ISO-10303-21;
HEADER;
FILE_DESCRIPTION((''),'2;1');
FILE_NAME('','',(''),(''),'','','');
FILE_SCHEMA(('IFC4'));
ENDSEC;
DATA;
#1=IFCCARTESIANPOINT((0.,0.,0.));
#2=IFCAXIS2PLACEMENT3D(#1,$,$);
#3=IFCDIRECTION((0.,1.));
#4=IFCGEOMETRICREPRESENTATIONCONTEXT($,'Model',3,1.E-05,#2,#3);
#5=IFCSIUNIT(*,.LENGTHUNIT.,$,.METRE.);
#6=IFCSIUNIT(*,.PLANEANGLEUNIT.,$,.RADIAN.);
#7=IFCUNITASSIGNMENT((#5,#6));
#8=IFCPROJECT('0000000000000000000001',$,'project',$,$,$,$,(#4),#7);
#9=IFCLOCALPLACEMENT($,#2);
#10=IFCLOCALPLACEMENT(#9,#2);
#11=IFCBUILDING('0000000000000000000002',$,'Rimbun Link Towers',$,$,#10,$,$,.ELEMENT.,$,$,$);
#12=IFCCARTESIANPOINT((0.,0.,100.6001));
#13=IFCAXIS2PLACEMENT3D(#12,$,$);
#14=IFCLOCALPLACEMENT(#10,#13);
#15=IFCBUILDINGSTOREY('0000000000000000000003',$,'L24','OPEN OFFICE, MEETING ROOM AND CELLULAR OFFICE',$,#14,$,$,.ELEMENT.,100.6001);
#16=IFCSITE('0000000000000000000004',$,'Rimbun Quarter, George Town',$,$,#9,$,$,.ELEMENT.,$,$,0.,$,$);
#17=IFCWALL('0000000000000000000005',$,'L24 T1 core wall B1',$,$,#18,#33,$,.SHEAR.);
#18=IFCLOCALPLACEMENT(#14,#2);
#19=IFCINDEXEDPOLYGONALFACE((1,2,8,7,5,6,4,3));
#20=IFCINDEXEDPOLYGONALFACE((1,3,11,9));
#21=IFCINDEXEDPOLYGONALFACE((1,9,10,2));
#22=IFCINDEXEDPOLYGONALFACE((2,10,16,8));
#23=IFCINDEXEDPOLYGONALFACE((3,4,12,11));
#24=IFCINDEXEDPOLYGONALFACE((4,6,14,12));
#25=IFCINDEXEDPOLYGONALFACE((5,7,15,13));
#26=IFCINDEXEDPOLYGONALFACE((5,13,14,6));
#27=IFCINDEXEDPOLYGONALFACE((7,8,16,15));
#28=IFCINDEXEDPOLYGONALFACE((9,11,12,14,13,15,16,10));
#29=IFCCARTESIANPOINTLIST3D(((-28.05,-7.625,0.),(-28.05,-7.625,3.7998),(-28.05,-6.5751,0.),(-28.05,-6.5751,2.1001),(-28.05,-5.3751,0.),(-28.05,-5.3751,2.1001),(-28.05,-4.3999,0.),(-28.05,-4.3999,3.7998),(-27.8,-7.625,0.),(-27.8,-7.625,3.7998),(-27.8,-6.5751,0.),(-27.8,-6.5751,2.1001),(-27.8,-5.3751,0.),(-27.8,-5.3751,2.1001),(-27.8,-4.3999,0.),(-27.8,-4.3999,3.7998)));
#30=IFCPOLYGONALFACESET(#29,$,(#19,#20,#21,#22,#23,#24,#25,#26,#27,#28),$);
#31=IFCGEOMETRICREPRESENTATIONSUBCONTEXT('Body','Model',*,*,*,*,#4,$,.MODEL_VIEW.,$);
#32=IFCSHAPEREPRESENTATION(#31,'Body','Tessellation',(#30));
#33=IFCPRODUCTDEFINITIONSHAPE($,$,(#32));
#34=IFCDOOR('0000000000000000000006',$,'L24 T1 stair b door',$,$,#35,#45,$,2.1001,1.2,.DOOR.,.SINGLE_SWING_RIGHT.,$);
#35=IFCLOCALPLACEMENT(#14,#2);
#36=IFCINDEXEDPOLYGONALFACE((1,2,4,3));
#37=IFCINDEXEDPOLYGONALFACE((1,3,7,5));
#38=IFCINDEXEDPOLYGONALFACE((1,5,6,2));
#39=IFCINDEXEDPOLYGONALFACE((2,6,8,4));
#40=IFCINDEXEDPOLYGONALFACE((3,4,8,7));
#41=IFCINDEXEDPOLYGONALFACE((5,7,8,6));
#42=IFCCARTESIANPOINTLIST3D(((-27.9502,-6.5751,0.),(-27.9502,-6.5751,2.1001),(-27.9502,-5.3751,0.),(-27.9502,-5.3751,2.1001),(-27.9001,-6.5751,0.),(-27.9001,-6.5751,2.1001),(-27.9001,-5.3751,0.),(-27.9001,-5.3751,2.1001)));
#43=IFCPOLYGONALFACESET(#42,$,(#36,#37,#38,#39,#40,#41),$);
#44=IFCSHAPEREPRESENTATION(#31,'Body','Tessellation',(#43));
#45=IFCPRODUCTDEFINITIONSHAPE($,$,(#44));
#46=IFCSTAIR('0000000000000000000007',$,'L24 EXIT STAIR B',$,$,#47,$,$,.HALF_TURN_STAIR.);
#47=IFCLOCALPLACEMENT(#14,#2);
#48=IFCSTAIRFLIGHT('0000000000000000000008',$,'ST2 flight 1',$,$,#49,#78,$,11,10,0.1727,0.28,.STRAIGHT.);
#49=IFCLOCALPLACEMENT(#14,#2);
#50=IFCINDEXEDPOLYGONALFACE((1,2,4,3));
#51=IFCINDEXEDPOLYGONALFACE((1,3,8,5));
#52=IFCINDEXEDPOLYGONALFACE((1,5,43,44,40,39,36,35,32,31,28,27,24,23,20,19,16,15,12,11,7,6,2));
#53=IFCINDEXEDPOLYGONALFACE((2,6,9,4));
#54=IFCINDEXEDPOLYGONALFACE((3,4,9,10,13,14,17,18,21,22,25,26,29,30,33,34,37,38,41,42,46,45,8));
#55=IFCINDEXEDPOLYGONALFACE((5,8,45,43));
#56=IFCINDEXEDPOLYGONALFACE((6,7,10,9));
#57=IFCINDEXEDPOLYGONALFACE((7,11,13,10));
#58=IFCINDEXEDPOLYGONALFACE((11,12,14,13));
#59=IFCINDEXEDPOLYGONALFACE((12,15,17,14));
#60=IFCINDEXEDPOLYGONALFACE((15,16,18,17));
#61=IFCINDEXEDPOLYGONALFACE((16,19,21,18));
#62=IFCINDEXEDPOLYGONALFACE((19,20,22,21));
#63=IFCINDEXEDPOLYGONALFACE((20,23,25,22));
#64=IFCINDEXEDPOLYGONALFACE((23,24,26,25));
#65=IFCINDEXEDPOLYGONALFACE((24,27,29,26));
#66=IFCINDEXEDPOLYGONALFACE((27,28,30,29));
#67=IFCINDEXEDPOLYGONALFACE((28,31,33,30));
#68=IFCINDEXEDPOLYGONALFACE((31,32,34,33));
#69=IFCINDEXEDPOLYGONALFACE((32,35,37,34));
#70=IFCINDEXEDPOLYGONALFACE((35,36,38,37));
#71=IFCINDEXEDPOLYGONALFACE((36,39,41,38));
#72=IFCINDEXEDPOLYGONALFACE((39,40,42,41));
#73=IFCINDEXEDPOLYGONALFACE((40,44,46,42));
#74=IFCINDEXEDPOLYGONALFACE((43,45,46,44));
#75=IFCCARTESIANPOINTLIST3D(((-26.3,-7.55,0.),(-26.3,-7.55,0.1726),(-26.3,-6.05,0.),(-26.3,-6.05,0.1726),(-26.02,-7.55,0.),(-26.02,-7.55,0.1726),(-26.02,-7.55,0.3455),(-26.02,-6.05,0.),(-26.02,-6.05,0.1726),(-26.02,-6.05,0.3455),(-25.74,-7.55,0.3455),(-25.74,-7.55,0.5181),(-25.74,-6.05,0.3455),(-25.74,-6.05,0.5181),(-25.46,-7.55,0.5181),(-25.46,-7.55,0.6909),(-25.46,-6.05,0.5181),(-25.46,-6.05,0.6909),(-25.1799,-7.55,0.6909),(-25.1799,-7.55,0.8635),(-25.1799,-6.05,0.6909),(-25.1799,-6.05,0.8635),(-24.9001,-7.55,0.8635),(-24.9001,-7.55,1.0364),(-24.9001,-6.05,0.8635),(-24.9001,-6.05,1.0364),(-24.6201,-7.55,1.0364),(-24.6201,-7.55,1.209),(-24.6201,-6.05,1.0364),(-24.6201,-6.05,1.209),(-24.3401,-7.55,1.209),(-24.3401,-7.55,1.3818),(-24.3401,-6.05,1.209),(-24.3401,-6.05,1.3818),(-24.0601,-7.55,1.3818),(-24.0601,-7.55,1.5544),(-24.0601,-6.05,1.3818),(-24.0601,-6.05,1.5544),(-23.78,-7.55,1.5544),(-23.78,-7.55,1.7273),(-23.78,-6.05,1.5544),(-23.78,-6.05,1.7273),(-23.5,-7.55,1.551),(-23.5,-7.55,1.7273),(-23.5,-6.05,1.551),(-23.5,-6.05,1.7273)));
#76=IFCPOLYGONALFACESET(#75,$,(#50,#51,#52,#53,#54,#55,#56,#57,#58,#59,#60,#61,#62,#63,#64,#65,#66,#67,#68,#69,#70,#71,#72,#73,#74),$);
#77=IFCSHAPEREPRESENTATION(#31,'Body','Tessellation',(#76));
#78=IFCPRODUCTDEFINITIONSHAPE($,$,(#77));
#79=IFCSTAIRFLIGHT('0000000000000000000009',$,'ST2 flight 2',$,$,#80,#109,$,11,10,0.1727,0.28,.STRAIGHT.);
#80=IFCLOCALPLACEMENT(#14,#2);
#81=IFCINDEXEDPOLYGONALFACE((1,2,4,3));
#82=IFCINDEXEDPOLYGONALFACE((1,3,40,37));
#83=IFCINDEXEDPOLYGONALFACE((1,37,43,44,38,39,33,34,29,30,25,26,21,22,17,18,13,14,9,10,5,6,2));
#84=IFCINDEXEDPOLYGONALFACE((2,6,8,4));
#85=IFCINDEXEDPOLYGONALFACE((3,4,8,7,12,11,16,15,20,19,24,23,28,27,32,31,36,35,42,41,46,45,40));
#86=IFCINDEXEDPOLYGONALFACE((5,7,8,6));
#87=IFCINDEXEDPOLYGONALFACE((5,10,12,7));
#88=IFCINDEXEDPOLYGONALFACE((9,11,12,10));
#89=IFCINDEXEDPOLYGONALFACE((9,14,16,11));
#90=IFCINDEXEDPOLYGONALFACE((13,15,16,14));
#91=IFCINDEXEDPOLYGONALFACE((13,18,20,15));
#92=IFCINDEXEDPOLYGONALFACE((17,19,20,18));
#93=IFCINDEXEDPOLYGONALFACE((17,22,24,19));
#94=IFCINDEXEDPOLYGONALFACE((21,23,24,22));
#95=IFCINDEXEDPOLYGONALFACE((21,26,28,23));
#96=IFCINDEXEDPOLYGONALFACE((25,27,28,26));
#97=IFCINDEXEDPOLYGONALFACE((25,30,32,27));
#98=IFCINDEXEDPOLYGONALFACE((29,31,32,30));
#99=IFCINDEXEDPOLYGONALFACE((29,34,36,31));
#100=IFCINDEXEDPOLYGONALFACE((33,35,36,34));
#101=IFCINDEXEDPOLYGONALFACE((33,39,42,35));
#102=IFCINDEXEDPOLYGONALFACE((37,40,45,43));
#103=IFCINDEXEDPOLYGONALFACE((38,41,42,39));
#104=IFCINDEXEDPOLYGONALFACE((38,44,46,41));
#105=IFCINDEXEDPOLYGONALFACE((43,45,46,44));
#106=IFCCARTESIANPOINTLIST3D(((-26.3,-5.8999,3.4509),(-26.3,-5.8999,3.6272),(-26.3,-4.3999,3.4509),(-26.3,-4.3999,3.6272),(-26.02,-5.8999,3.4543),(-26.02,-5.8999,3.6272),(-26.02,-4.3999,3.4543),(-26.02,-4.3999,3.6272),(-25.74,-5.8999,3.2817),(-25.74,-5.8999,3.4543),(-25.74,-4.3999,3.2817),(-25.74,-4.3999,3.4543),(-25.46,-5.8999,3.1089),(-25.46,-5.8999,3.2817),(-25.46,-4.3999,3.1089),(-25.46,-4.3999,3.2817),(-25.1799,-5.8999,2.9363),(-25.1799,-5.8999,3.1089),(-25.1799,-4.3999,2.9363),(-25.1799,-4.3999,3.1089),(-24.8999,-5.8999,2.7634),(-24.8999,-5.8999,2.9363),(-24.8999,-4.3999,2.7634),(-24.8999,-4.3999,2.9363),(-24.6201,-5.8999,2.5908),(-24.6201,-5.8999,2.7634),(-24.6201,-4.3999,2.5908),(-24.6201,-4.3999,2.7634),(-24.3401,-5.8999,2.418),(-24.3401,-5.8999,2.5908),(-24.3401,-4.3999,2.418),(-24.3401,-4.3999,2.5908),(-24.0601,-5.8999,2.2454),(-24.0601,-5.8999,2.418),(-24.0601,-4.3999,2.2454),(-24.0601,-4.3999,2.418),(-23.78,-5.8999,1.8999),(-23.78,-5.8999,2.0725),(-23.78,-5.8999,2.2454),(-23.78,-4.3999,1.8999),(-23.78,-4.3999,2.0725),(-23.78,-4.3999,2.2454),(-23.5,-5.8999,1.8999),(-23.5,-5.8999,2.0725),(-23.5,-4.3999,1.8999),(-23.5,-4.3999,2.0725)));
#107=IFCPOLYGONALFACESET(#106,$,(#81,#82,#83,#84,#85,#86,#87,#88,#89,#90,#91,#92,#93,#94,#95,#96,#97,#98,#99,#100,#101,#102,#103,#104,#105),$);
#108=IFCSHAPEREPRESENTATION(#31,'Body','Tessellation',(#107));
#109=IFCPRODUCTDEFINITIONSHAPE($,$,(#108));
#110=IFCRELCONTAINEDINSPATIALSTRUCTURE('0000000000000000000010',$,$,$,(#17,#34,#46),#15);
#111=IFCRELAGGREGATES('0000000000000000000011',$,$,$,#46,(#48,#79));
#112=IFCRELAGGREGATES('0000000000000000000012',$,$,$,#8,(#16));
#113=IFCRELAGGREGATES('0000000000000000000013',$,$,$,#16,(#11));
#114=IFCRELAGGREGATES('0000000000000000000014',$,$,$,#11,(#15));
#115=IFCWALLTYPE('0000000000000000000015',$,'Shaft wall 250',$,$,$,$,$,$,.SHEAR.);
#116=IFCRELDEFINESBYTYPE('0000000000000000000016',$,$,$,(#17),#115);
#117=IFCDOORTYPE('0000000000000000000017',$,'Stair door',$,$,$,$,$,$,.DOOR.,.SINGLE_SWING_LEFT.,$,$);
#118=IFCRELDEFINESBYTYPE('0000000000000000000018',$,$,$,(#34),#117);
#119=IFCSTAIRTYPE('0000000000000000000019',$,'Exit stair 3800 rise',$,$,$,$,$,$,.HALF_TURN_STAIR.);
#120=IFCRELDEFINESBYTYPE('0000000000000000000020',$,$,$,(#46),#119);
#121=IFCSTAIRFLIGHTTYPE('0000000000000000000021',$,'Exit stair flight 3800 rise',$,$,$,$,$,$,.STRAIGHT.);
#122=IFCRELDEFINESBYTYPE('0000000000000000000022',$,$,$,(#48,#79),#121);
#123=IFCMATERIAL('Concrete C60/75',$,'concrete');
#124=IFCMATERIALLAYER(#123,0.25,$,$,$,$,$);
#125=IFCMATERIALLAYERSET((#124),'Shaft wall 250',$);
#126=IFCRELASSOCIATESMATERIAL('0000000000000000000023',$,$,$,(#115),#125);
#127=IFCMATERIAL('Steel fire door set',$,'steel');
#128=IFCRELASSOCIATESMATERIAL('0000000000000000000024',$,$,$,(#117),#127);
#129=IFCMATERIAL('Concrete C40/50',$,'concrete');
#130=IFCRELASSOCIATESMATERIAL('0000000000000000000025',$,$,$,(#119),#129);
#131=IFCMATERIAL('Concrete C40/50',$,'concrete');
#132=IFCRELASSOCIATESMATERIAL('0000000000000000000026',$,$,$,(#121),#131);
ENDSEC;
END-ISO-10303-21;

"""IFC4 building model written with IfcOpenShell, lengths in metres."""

from ifc_helpers import new_model, si_unit, direction, frame, frame_2d, origin, place, context, subcontext, project, spatial, polyline, rectangle, outline, extrude, material, layer, layer_set, type_object, element, fill, aggregate, save


model = new_model("IFC4")

# Units and contexts
model_context = context("Model", 3, precision=1e-05, world=origin(), true_north=direction((0.0, 1.0)))
body_context = subcontext(model_context, "Body", "Model", "MODEL_VIEW")
ifc_project = project(units=[si_unit("LENGTHUNIT", "METRE"), si_unit("PLANEANGLEUNIT", "RADIAN")], contexts=[model_context])

# Site, building, storey
site_placement = place(None, origin())
site = spatial("IfcSite", under=ifc_project, at=site_placement, Name="Rimbun Quarter, George Town", CompositionType="ELEMENT", RefElevation=0.0)
building_placement = place(site_placement, origin())
building = spatial("IfcBuilding", under=site, at=building_placement, Name="Rimbun Link Towers", CompositionType="ELEMENT")
storey_placement = place(building_placement, frame((0.0, 0.0, 100.6001)))
storey = spatial("IfcBuildingStorey", under=building, at=storey_placement, Name="L24", Description="OPEN OFFICE, MEETING ROOM AND CELLULAR OFFICE", CompositionType="ELEMENT", Elevation=100.6001)

# Shared definitions
ifc_material_1 = material(Name="Concrete C60/75", Category="concrete")
ifc_layer_1 = layer(ifc_material_1, 0.25)
ifc_layer_set_1 = layer_set([ifc_layer_1], Name="Shaft wall 250")
wall_type_1 = type_object("IfcWallType", Name="Shaft wall 250", PredefinedType="SHEAR", material=ifc_layer_set_1)

# Wall, opening, door
wall_1_placement = place(storey_placement, frame((-27.925, -4.3999, 0.0), z_axis=(0.0, 0.0, 1.0), x_axis=(0.0, -1.0, 0.0)))
wall_1 = element("IfcWall", 1, at=wall_1_placement, inside=storey, type_object=wall_type_1, Name="L24 T1 core wall B1", PredefinedType="SHEAR", context=body_context, shape_type="SweptSolid", body=[
    extrude(rectangle(XDim=3.2251, YDim=0.25, at=frame_2d((1.6125, 0.0))), origin(), (0.0, 0.0, 1.0), 3.7998),
])
opening_1_placement = place(wall_1_placement, frame((0.9751, 0.0, 0.0)))
opening_1 = element("IfcOpeningElement", 2, at=opening_1_placement, cuts=wall_1, PredefinedType="OPENING", context=body_context, shape_type="SweptSolid", body=[
    extrude(rectangle(XDim=1.2, YDim=2.1001, at=frame_2d((0.6001, 1.05))), frame((0.0, 0.135, 0.0), z_axis=(0.0, -1.0, 0.0), x_axis=(1.0, 0.0, 0.0)), (0.0, 0.0, 1.0), 0.27),
])
ifc_material_2 = material(Name="Steel fire door set", Category="steel")
door_type_1 = type_object("IfcDoorType", Name="Stair door", OperationType="SINGLE_SWING_LEFT", PredefinedType="DOOR", material=ifc_material_2)
door_1_placement = place(opening_1_placement, origin())
door_1 = element("IfcDoor", 3, at=door_1_placement, inside=storey, type_object=door_type_1, Name="L24 T1 stair b door", OperationType="SINGLE_SWING_RIGHT", OverallHeight=2.1001, OverallWidth=1.2, PredefinedType="DOOR", context=body_context, shape_type="SweptSolid", body=[
    extrude(rectangle(XDim=1.2, YDim=2.1001, at=frame_2d((0.6001, 1.05))), frame((0.0, 0.0249, 0.0), z_axis=(0.0, -1.0, 0.0), x_axis=(1.0, 0.0, 0.0)), (0.0, 0.0, 1.0), 0.05),
])
fill(opening_1, door_1)

# Stair, stair flights
ifc_material_3 = material(Name="Concrete C40/50", Category="concrete")
stair_type = type_object("IfcStairType", Name="Exit stair 3800 rise", PredefinedType="HALF_TURN_STAIR", material=ifc_material_3)
stair_placement = place(storey_placement, origin())
stair = element("IfcStair", 4, at=stair_placement, inside=storey, type_object=stair_type, Name="L24 EXIT STAIR B", PredefinedType="HALF_TURN_STAIR")
ifc_material_4 = material(Name="Concrete C40/50", Category="concrete")
stair_flight_type = type_object("IfcStairFlightType", Name="Exit stair flight 3800 rise", PredefinedType="STRAIGHT", material=ifc_material_4)
stair_flight_1_placement = place(storey_placement, frame((-26.3, -6.8, 0.0), z_axis=(0.0, 0.0, 1.0), x_axis=(1.0, 0.0, 0.0)))
stair_flight_1 = element("IfcStairFlight", 5, at=stair_flight_1_placement, type_object=stair_flight_type, Name="ST2 flight 1", NumberOfRisers=11, NumberOfTreads=10, PredefinedType="STRAIGHT", RiserHeight=0.1727, TreadLength=0.28, context=body_context, shape_type="SweptSolid", body=[
    extrude(outline(polyline([(0.0, 0.0), (0.0, 0.1726), (0.28, 0.1726), (0.28, 0.3455), (0.5601, 0.3455), (0.5601, 0.5181), (0.8401, 0.5181), (0.8401, 0.6909), (1.1201, 0.6909), (1.1201, 0.8635), (1.3999, 0.8635), (1.3999, 1.0364), (1.6799, 1.0364), (1.6799, 1.209), (1.96, 1.209), (1.96, 1.3818), (2.24, 1.3818), (2.24, 1.5544), (2.52, 1.5544), (2.52, 1.7273), (2.8, 1.7273), (2.8, 1.8999), (2.8, 1.551), (0.28, 0.0), (0.0, 0.0)])), frame((0.0, 0.75, 0.0), z_axis=(0.0, -1.0, 0.0), x_axis=(1.0, 0.0, 0.0)), (0.0, 0.0, 1.0), 1.5),
])
stair_flight_2_placement = place(storey_placement, frame((-23.5, -5.1499, 1.8999), z_axis=(0.0, 0.0, 1.0), x_axis=(-1.0, 0.0, 0.0)))
stair_flight_2 = element("IfcStairFlight", 6, at=stair_flight_2_placement, type_object=stair_flight_type, Name="ST2 flight 2", NumberOfRisers=11, NumberOfTreads=10, PredefinedType="STRAIGHT", RiserHeight=0.1727, TreadLength=0.28, context=body_context, shape_type="SweptSolid", body=[
    extrude(outline(polyline([(0.0, 0.0), (0.0, 0.1726), (0.28, 0.1726), (0.28, 0.3455), (0.5601, 0.3455), (0.5601, 0.5181), (0.8401, 0.5181), (0.8401, 0.6909), (1.1201, 0.6909), (1.1201, 0.8635), (1.3999, 0.8635), (1.3999, 1.0364), (1.6799, 1.0364), (1.6799, 1.209), (1.96, 1.209), (1.96, 1.3818), (2.24, 1.3818), (2.24, 1.5544), (2.52, 1.5544), (2.52, 1.7273), (2.8, 1.7273), (2.8, 1.8999), (2.8, 1.551), (0.28, 0.0), (0.0, 0.0)])), frame((0.0, 0.75, 0.0), z_axis=(0.0, -1.0, 0.0), x_axis=(1.0, 0.0, 0.0)), (0.0, 0.0, 1.0), 1.5),
])
aggregate(stair, [stair_flight_1, stair_flight_2])

save(model, "model.ifc")
